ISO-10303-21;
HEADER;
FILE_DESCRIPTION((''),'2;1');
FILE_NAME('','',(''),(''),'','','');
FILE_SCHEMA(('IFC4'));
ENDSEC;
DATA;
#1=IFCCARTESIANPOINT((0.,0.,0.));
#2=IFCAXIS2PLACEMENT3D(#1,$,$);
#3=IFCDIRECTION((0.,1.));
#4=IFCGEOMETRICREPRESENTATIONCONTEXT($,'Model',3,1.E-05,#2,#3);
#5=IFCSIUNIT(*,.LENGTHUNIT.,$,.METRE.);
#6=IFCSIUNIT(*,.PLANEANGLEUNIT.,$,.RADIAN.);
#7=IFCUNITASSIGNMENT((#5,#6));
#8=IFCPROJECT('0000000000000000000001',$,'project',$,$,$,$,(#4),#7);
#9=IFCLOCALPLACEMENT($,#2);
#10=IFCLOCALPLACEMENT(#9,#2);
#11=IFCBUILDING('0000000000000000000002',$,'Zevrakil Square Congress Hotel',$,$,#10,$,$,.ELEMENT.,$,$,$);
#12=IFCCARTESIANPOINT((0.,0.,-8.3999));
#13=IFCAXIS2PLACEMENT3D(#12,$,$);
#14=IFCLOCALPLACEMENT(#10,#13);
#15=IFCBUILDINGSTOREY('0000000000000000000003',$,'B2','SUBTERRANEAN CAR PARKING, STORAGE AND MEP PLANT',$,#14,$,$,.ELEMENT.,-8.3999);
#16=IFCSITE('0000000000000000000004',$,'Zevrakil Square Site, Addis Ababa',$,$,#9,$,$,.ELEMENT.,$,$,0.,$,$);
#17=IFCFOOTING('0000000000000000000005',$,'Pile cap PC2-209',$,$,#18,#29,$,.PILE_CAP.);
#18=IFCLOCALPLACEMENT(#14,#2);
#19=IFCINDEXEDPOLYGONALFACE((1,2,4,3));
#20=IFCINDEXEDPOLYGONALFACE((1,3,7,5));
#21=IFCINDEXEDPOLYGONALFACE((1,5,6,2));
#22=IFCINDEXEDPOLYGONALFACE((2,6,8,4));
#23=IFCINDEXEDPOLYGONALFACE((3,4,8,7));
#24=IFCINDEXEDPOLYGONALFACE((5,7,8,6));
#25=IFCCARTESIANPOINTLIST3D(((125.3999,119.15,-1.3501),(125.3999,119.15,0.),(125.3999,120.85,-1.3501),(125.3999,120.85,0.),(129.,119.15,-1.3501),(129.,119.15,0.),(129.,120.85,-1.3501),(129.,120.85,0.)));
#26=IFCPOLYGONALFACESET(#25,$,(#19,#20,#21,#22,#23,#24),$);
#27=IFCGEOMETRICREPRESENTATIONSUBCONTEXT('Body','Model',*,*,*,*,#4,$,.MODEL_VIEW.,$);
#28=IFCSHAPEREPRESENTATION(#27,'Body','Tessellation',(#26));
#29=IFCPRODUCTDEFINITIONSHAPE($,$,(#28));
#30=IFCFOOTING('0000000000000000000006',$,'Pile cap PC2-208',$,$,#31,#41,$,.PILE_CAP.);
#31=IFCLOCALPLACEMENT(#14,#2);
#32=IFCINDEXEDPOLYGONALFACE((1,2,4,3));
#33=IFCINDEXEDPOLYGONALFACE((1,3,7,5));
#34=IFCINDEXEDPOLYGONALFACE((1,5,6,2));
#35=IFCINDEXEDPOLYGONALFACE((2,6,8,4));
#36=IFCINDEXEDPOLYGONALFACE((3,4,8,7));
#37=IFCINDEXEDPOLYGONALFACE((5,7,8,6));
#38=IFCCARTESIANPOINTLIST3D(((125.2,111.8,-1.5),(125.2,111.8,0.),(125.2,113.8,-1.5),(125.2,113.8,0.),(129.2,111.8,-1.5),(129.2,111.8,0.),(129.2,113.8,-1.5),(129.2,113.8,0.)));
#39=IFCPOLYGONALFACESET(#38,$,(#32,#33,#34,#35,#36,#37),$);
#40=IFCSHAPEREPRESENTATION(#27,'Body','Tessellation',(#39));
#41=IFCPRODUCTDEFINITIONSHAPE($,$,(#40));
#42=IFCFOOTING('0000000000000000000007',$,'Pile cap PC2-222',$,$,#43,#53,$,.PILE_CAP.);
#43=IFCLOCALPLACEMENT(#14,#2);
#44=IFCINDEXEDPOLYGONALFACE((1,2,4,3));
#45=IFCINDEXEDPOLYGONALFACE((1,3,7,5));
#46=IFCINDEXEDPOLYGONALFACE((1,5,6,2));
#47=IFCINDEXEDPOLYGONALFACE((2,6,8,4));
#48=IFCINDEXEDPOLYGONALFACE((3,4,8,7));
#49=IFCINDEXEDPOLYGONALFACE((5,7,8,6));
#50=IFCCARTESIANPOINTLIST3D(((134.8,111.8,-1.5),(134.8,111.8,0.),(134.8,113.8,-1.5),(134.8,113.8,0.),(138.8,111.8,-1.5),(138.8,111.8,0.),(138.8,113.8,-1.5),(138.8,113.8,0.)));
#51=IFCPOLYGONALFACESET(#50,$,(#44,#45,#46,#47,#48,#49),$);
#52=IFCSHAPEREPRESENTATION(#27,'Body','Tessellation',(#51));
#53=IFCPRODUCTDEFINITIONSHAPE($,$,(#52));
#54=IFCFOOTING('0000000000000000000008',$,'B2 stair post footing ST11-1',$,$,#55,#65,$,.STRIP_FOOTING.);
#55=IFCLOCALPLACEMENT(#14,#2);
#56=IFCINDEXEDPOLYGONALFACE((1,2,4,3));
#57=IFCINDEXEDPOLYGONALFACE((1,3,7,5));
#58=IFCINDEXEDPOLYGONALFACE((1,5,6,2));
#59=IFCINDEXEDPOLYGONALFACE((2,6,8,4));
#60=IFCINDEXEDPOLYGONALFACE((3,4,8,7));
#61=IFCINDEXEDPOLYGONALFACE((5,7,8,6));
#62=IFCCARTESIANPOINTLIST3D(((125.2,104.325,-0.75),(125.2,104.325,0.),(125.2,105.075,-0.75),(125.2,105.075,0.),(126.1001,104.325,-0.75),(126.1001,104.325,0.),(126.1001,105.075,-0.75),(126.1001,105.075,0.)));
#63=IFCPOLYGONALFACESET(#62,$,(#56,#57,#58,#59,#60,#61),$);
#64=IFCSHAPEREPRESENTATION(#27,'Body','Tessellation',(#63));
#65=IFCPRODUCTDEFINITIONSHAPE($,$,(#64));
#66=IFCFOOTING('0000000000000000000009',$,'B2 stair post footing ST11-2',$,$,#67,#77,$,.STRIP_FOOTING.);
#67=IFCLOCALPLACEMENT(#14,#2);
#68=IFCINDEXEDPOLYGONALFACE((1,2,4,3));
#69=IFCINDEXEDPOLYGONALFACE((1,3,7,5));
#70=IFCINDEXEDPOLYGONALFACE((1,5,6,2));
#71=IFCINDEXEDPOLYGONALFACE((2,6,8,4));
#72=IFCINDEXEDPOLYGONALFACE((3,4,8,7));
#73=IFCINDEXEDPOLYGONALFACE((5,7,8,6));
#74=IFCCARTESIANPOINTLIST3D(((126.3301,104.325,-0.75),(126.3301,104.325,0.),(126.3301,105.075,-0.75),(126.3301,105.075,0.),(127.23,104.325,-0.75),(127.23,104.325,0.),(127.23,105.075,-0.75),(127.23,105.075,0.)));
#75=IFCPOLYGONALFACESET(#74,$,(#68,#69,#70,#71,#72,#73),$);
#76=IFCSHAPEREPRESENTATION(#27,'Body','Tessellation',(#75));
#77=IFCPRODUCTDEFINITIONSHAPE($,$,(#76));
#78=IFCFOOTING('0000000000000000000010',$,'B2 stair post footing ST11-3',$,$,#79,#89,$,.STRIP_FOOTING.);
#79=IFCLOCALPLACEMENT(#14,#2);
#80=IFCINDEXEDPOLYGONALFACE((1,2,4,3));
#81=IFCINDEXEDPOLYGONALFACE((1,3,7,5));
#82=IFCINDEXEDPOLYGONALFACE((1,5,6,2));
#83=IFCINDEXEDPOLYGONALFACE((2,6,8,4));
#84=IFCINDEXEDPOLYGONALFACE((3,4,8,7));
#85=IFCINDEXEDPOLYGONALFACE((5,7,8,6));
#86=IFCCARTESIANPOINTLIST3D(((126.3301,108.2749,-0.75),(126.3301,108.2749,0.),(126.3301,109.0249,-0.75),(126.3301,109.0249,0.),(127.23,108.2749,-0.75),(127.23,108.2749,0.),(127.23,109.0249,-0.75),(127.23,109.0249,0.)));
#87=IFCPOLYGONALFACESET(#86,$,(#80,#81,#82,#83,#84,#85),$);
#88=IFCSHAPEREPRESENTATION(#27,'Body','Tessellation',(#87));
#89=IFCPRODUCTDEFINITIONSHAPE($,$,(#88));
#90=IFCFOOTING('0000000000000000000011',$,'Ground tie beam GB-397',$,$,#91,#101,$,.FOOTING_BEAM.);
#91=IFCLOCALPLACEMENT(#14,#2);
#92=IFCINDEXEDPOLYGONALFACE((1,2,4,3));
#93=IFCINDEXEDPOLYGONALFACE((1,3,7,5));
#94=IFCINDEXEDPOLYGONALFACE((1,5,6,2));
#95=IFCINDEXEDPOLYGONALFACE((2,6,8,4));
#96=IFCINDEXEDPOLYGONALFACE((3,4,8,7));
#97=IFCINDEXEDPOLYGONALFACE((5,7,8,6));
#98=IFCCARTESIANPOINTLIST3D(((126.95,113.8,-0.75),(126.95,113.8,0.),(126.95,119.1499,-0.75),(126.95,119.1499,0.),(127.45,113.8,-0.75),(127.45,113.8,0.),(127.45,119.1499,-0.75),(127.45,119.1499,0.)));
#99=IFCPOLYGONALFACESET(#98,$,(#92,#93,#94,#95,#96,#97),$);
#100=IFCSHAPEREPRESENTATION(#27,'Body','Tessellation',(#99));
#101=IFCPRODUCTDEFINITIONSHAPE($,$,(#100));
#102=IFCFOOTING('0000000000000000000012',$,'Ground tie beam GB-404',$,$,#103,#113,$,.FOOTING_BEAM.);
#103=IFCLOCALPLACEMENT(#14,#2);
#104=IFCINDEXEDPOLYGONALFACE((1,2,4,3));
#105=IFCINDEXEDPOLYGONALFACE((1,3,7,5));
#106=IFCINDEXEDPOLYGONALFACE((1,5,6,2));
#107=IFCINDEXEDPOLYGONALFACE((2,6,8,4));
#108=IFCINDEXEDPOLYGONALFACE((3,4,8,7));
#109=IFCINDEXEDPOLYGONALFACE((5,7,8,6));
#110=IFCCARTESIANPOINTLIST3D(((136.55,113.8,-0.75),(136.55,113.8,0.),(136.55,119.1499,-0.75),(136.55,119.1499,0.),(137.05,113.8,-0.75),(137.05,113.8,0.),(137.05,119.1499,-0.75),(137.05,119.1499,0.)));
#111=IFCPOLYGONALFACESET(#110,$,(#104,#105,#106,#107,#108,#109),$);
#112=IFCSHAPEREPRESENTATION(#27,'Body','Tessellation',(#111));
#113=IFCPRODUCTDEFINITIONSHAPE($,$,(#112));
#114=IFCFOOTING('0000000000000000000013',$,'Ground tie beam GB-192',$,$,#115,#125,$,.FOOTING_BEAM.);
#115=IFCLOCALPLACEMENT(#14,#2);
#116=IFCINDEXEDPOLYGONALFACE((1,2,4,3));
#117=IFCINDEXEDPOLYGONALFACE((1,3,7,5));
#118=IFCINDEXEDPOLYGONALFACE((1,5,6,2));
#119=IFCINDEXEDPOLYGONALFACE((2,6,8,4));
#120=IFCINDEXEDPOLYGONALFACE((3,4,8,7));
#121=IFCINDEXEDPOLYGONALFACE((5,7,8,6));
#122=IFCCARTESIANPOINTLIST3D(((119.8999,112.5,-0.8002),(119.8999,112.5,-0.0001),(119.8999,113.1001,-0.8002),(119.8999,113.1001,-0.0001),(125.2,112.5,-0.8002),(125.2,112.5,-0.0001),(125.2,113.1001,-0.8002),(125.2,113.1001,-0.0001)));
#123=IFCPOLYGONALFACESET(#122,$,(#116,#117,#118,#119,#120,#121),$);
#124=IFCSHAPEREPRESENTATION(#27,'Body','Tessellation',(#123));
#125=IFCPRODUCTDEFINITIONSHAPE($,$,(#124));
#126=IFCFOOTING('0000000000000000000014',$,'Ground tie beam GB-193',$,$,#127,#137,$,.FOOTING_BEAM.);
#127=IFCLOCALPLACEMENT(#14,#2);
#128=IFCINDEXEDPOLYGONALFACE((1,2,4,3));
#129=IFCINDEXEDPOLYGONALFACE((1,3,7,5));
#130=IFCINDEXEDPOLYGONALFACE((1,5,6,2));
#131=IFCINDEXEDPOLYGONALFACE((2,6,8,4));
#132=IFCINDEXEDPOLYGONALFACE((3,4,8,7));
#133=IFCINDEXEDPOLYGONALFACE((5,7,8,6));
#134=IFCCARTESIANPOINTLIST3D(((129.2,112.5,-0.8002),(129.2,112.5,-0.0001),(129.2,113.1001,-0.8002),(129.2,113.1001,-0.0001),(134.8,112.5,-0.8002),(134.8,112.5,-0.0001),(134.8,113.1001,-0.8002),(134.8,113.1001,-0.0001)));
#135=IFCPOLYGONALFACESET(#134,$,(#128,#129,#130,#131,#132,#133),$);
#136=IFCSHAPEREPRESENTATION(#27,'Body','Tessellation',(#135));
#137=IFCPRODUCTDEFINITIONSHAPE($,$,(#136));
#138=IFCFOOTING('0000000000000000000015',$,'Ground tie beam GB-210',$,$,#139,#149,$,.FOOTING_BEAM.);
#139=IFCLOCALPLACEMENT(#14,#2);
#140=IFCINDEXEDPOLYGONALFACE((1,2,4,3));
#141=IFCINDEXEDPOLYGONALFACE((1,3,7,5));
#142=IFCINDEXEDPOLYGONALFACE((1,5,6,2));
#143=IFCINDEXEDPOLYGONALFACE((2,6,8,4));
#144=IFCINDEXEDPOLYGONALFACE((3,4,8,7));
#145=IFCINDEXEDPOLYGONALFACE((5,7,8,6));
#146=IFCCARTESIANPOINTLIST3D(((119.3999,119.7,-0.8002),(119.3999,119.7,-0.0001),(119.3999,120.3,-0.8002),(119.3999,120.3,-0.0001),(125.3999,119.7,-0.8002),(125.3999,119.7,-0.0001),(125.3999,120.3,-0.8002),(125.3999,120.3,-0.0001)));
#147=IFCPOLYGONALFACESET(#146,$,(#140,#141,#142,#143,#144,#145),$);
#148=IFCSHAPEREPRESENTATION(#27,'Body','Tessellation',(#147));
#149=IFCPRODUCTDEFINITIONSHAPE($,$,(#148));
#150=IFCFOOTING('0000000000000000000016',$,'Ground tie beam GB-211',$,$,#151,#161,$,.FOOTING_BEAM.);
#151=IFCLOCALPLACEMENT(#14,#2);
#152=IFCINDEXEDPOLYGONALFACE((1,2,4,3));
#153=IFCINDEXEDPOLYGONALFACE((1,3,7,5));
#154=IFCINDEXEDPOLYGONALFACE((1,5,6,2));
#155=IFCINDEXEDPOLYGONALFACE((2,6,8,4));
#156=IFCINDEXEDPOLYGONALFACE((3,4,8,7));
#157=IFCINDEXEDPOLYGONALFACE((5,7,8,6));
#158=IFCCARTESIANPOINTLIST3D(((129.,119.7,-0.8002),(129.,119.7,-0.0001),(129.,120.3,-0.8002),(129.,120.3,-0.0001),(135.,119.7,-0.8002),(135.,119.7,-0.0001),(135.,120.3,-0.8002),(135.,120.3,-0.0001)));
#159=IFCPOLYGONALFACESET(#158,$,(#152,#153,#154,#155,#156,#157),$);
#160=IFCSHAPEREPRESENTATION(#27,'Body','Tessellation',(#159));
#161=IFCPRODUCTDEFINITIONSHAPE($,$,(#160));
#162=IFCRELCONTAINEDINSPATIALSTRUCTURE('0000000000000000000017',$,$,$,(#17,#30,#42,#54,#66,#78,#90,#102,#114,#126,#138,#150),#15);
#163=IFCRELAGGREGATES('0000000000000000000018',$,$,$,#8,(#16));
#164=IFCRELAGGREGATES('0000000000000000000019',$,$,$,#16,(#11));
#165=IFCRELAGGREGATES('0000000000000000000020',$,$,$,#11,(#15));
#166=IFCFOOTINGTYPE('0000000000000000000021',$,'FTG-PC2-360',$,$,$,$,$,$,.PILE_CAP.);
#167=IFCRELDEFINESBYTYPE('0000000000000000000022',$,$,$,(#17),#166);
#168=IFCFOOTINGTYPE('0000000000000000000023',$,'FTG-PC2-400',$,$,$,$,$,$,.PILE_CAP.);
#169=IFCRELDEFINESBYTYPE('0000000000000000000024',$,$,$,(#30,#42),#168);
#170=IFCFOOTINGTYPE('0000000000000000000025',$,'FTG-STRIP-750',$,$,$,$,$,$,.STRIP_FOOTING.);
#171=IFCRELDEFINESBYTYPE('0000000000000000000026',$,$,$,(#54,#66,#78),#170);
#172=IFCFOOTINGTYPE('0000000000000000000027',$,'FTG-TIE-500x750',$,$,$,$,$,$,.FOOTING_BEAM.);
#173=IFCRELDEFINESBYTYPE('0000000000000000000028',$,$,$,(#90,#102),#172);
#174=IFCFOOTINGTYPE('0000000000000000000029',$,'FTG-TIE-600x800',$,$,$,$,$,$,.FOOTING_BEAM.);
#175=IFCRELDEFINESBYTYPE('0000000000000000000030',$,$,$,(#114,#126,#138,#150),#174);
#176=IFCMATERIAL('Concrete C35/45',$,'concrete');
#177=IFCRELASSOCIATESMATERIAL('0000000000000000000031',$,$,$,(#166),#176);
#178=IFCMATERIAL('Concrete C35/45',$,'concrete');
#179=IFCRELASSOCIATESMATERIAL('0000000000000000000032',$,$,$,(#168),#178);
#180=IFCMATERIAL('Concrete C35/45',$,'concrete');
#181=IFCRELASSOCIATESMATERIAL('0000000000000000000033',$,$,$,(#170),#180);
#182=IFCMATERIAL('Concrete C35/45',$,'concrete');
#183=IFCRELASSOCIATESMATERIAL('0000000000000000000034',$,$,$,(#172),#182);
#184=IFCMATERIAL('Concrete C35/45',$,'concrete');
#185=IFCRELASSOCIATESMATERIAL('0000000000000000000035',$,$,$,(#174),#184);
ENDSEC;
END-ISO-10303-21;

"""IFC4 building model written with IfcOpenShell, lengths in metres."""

from ifc_helpers import new_model, si_unit, direction, frame, origin, origin_2d, place, context, subcontext, project, spatial, rectangle, extrude, material, material_profile, profile_set, type_object, element, save


model = new_model("IFC4")

# Units and contexts
model_context = context("Model", 3, precision=1e-05, world=origin(), true_north=direction((0.0, 1.0)))
body_context = subcontext(model_context, "Body", "Model", "MODEL_VIEW")
ifc_project = project(units=[si_unit("LENGTHUNIT", "METRE"), si_unit("PLANEANGLEUNIT", "RADIAN")], contexts=[model_context])

# Site, building, storey
site_placement = place(None, origin())
site = spatial("IfcSite", under=ifc_project, at=site_placement, Name="Zevrakil Square Site, Addis Ababa", CompositionType="ELEMENT", RefElevation=0.0)
building_placement = place(site_placement, origin())
building = spatial("IfcBuilding", under=site, at=building_placement, Name="Zevrakil Square Congress Hotel", CompositionType="ELEMENT")
storey_placement = place(building_placement, frame((0.0, 0.0, -8.3999)))
storey = spatial("IfcBuildingStorey", under=building, at=storey_placement, Name="B2", Description="SUBTERRANEAN CAR PARKING, STORAGE AND MEP PLANT", CompositionType="ELEMENT", Elevation=-8.3999)

# Footings
ifc_material_1 = material(Name="Concrete C35/45", Category="concrete")
footing_type_1 = type_object("IfcFootingType", Name="FTG-PC2-360", PredefinedType="PILE_CAP", material=ifc_material_1)
footing_1_placement = place(storey_placement, frame((127.2, 120.0, -1.3501), z_axis=(0.0, 0.0, 1.0), x_axis=(1.0, 0.0, 0.0)))
element("IfcFooting", 1, at=footing_1_placement, inside=storey, type_object=footing_type_1, Name="Pile cap PC2-209", PredefinedType="PILE_CAP", context=body_context, shape_type="SweptSolid", body=[
    extrude(rectangle(XDim=3.6001, YDim=1.7, at=origin_2d()), origin(), (0.0, 0.0, 1.0), 1.3501),
])
ifc_material_2 = material(Name="Concrete C35/45", Category="concrete")
footing_type_2 = type_object("IfcFootingType", Name="FTG-PC2-400", PredefinedType="PILE_CAP", material=ifc_material_2)
for number, where, z_axis, x_axis, name in (
    (2, (127.2, 112.8, -1.5), (0.0, 0.0, 1.0), (1.0, 0.0, 0.0), "Pile cap PC2-208"),
    (3, (136.8, 112.8, -1.5), (0.0, 0.0, 1.0), (1.0, 0.0, 0.0), "Pile cap PC2-222"),
):
    element("IfcFooting", number, at=place(storey_placement, frame(where, z_axis=z_axis, x_axis=x_axis)), inside=storey, type_object=footing_type_2, Name=name, PredefinedType="PILE_CAP", context=body_context, shape_type="SweptSolid", body=[
        extrude(rectangle(XDim=4.0, YDim=2.0, at=origin_2d()), origin(), (0.0, 0.0, 1.0), 1.5),
    ])
ifc_material_3 = material(Name="Concrete C35/45", Category="concrete")
ifc_material_profile_1 = material_profile(ifc_material_3, rectangle(XDim=0.75, YDim=0.75, at=origin_2d()), Name="RC 750x750")
ifc_profile_set_1 = profile_set([ifc_material_profile_1], Name="Concrete C35/45")
footing_type_3 = type_object("IfcFootingType", Name="FTG-STRIP-750", PredefinedType="STRIP_FOOTING", material=ifc_profile_set_1)
footing_2_placement = place(storey_placement, frame((125.2, 104.7, -0.375), z_axis=(1.0, 0.0, 0.0), x_axis=(0.0, 1.0, 0.0)))
element("IfcFooting", 4, at=footing_2_placement, inside=storey, type_object=footing_type_3, Name="B2 stair post footing ST11-1", PredefinedType="STRIP_FOOTING", context=body_context, shape_type="SweptSolid", body=[
    extrude(rectangle(XDim=0.75, YDim=0.75, at=origin_2d()), origin(), (0.0, 0.0, 1.0), 0.9001),
])
for number, where, z_axis, x_axis, name in (
    (5, (126.3301, 104.7, -0.375), (1.0, 0.0, 0.0), (0.0, 1.0, 0.0), "B2 stair post footing ST11-2"),
    (6, (126.3301, 108.6499, -0.375), (1.0, 0.0, 0.0), (0.0, 1.0, 0.0), "B2 stair post footing ST11-3"),
):
    element("IfcFooting", number, at=place(storey_placement, frame(where, z_axis=z_axis, x_axis=x_axis)), inside=storey, type_object=footing_type_3, Name=name, PredefinedType="STRIP_FOOTING", context=body_context, shape_type="SweptSolid", body=[
        extrude(rectangle(XDim=0.75, YDim=0.75, at=origin_2d()), origin(), (0.0, 0.0, 1.0), 0.8999),
    ])
ifc_material_4 = material(Name="Concrete C35/45", Category="concrete")
ifc_material_profile_2 = material_profile(ifc_material_4, rectangle(XDim=0.5, YDim=0.75, at=origin_2d()), Name="RC 500x750")
ifc_profile_set_2 = profile_set([ifc_material_profile_2], Name="Concrete C35/45")
footing_type_4 = type_object("IfcFootingType", Name="FTG-TIE-500x750", PredefinedType="FOOTING_BEAM", material=ifc_profile_set_2)
for number, where, z_axis, x_axis, name in (
    (7, (127.2, 113.8, -0.375), (0.0, 1.0, 0.0), (-1.0, 0.0, 0.0), "Ground tie beam GB-397"),
    (8, (136.8, 113.8, -0.375), (0.0, 1.0, 0.0), (-1.0, 0.0, 0.0), "Ground tie beam GB-404"),
):
    element("IfcFooting", number, at=place(storey_placement, frame(where, z_axis=z_axis, x_axis=x_axis)), inside=storey, type_object=footing_type_4, Name=name, PredefinedType="FOOTING_BEAM", context=body_context, shape_type="SweptSolid", body=[
        extrude(rectangle(XDim=0.5, YDim=0.75, at=origin_2d()), origin(), (0.0, 0.0, 1.0), 5.3499),
    ])
ifc_material_5 = material(Name="Concrete C35/45", Category="concrete")
ifc_material_profile_3 = material_profile(ifc_material_5, rectangle(XDim=0.6001, YDim=0.8, at=origin_2d()), Name="RC 600x800")
ifc_profile_set_3 = profile_set([ifc_material_profile_3], Name="Concrete C35/45")
footing_type_5 = type_object("IfcFootingType", Name="FTG-TIE-600x800", PredefinedType="FOOTING_BEAM", material=ifc_profile_set_3)
footing_3_placement = place(storey_placement, frame((119.8999, 112.8, -0.4001), z_axis=(1.0, 0.0, 0.0), x_axis=(0.0, 1.0, 0.0)))
element("IfcFooting", 9, at=footing_3_placement, inside=storey, type_object=footing_type_5, Name="Ground tie beam GB-192", PredefinedType="FOOTING_BEAM", context=body_context, shape_type="SweptSolid", body=[
    extrude(rectangle(XDim=0.6001, YDim=0.8, at=origin_2d()), origin(), (0.0, 0.0, 1.0), 5.3),
])
footing_4_placement = place(storey_placement, frame((129.2, 112.8, -0.4001), z_axis=(1.0, 0.0, 0.0), x_axis=(0.0, 1.0, 0.0)))
element("IfcFooting", 10, at=footing_4_placement, inside=storey, type_object=footing_type_5, Name="Ground tie beam GB-193", PredefinedType="FOOTING_BEAM", context=body_context, shape_type="SweptSolid", body=[
    extrude(rectangle(XDim=0.6001, YDim=0.8, at=origin_2d()), origin(), (0.0, 0.0, 1.0), 5.6001),
])
for number, where, z_axis, x_axis, name in (
    (11, (119.3999, 120.0, -0.4001), (1.0, 0.0, 0.0), (0.0, 1.0, 0.0), "Ground tie beam GB-210"),
    (12, (129.0, 120.0, -0.4001), (1.0, 0.0, 0.0), (0.0, 1.0, 0.0), "Ground tie beam GB-211"),
):
    element("IfcFooting", number, at=place(storey_placement, frame(where, z_axis=z_axis, x_axis=x_axis)), inside=storey, type_object=footing_type_5, Name=name, PredefinedType="FOOTING_BEAM", context=body_context, shape_type="SweptSolid", body=[
        extrude(rectangle(XDim=0.6001, YDim=0.8, at=origin_2d()), origin(), (0.0, 0.0, 1.0), 6.0),
    ])

save(model, "model.ifc")
